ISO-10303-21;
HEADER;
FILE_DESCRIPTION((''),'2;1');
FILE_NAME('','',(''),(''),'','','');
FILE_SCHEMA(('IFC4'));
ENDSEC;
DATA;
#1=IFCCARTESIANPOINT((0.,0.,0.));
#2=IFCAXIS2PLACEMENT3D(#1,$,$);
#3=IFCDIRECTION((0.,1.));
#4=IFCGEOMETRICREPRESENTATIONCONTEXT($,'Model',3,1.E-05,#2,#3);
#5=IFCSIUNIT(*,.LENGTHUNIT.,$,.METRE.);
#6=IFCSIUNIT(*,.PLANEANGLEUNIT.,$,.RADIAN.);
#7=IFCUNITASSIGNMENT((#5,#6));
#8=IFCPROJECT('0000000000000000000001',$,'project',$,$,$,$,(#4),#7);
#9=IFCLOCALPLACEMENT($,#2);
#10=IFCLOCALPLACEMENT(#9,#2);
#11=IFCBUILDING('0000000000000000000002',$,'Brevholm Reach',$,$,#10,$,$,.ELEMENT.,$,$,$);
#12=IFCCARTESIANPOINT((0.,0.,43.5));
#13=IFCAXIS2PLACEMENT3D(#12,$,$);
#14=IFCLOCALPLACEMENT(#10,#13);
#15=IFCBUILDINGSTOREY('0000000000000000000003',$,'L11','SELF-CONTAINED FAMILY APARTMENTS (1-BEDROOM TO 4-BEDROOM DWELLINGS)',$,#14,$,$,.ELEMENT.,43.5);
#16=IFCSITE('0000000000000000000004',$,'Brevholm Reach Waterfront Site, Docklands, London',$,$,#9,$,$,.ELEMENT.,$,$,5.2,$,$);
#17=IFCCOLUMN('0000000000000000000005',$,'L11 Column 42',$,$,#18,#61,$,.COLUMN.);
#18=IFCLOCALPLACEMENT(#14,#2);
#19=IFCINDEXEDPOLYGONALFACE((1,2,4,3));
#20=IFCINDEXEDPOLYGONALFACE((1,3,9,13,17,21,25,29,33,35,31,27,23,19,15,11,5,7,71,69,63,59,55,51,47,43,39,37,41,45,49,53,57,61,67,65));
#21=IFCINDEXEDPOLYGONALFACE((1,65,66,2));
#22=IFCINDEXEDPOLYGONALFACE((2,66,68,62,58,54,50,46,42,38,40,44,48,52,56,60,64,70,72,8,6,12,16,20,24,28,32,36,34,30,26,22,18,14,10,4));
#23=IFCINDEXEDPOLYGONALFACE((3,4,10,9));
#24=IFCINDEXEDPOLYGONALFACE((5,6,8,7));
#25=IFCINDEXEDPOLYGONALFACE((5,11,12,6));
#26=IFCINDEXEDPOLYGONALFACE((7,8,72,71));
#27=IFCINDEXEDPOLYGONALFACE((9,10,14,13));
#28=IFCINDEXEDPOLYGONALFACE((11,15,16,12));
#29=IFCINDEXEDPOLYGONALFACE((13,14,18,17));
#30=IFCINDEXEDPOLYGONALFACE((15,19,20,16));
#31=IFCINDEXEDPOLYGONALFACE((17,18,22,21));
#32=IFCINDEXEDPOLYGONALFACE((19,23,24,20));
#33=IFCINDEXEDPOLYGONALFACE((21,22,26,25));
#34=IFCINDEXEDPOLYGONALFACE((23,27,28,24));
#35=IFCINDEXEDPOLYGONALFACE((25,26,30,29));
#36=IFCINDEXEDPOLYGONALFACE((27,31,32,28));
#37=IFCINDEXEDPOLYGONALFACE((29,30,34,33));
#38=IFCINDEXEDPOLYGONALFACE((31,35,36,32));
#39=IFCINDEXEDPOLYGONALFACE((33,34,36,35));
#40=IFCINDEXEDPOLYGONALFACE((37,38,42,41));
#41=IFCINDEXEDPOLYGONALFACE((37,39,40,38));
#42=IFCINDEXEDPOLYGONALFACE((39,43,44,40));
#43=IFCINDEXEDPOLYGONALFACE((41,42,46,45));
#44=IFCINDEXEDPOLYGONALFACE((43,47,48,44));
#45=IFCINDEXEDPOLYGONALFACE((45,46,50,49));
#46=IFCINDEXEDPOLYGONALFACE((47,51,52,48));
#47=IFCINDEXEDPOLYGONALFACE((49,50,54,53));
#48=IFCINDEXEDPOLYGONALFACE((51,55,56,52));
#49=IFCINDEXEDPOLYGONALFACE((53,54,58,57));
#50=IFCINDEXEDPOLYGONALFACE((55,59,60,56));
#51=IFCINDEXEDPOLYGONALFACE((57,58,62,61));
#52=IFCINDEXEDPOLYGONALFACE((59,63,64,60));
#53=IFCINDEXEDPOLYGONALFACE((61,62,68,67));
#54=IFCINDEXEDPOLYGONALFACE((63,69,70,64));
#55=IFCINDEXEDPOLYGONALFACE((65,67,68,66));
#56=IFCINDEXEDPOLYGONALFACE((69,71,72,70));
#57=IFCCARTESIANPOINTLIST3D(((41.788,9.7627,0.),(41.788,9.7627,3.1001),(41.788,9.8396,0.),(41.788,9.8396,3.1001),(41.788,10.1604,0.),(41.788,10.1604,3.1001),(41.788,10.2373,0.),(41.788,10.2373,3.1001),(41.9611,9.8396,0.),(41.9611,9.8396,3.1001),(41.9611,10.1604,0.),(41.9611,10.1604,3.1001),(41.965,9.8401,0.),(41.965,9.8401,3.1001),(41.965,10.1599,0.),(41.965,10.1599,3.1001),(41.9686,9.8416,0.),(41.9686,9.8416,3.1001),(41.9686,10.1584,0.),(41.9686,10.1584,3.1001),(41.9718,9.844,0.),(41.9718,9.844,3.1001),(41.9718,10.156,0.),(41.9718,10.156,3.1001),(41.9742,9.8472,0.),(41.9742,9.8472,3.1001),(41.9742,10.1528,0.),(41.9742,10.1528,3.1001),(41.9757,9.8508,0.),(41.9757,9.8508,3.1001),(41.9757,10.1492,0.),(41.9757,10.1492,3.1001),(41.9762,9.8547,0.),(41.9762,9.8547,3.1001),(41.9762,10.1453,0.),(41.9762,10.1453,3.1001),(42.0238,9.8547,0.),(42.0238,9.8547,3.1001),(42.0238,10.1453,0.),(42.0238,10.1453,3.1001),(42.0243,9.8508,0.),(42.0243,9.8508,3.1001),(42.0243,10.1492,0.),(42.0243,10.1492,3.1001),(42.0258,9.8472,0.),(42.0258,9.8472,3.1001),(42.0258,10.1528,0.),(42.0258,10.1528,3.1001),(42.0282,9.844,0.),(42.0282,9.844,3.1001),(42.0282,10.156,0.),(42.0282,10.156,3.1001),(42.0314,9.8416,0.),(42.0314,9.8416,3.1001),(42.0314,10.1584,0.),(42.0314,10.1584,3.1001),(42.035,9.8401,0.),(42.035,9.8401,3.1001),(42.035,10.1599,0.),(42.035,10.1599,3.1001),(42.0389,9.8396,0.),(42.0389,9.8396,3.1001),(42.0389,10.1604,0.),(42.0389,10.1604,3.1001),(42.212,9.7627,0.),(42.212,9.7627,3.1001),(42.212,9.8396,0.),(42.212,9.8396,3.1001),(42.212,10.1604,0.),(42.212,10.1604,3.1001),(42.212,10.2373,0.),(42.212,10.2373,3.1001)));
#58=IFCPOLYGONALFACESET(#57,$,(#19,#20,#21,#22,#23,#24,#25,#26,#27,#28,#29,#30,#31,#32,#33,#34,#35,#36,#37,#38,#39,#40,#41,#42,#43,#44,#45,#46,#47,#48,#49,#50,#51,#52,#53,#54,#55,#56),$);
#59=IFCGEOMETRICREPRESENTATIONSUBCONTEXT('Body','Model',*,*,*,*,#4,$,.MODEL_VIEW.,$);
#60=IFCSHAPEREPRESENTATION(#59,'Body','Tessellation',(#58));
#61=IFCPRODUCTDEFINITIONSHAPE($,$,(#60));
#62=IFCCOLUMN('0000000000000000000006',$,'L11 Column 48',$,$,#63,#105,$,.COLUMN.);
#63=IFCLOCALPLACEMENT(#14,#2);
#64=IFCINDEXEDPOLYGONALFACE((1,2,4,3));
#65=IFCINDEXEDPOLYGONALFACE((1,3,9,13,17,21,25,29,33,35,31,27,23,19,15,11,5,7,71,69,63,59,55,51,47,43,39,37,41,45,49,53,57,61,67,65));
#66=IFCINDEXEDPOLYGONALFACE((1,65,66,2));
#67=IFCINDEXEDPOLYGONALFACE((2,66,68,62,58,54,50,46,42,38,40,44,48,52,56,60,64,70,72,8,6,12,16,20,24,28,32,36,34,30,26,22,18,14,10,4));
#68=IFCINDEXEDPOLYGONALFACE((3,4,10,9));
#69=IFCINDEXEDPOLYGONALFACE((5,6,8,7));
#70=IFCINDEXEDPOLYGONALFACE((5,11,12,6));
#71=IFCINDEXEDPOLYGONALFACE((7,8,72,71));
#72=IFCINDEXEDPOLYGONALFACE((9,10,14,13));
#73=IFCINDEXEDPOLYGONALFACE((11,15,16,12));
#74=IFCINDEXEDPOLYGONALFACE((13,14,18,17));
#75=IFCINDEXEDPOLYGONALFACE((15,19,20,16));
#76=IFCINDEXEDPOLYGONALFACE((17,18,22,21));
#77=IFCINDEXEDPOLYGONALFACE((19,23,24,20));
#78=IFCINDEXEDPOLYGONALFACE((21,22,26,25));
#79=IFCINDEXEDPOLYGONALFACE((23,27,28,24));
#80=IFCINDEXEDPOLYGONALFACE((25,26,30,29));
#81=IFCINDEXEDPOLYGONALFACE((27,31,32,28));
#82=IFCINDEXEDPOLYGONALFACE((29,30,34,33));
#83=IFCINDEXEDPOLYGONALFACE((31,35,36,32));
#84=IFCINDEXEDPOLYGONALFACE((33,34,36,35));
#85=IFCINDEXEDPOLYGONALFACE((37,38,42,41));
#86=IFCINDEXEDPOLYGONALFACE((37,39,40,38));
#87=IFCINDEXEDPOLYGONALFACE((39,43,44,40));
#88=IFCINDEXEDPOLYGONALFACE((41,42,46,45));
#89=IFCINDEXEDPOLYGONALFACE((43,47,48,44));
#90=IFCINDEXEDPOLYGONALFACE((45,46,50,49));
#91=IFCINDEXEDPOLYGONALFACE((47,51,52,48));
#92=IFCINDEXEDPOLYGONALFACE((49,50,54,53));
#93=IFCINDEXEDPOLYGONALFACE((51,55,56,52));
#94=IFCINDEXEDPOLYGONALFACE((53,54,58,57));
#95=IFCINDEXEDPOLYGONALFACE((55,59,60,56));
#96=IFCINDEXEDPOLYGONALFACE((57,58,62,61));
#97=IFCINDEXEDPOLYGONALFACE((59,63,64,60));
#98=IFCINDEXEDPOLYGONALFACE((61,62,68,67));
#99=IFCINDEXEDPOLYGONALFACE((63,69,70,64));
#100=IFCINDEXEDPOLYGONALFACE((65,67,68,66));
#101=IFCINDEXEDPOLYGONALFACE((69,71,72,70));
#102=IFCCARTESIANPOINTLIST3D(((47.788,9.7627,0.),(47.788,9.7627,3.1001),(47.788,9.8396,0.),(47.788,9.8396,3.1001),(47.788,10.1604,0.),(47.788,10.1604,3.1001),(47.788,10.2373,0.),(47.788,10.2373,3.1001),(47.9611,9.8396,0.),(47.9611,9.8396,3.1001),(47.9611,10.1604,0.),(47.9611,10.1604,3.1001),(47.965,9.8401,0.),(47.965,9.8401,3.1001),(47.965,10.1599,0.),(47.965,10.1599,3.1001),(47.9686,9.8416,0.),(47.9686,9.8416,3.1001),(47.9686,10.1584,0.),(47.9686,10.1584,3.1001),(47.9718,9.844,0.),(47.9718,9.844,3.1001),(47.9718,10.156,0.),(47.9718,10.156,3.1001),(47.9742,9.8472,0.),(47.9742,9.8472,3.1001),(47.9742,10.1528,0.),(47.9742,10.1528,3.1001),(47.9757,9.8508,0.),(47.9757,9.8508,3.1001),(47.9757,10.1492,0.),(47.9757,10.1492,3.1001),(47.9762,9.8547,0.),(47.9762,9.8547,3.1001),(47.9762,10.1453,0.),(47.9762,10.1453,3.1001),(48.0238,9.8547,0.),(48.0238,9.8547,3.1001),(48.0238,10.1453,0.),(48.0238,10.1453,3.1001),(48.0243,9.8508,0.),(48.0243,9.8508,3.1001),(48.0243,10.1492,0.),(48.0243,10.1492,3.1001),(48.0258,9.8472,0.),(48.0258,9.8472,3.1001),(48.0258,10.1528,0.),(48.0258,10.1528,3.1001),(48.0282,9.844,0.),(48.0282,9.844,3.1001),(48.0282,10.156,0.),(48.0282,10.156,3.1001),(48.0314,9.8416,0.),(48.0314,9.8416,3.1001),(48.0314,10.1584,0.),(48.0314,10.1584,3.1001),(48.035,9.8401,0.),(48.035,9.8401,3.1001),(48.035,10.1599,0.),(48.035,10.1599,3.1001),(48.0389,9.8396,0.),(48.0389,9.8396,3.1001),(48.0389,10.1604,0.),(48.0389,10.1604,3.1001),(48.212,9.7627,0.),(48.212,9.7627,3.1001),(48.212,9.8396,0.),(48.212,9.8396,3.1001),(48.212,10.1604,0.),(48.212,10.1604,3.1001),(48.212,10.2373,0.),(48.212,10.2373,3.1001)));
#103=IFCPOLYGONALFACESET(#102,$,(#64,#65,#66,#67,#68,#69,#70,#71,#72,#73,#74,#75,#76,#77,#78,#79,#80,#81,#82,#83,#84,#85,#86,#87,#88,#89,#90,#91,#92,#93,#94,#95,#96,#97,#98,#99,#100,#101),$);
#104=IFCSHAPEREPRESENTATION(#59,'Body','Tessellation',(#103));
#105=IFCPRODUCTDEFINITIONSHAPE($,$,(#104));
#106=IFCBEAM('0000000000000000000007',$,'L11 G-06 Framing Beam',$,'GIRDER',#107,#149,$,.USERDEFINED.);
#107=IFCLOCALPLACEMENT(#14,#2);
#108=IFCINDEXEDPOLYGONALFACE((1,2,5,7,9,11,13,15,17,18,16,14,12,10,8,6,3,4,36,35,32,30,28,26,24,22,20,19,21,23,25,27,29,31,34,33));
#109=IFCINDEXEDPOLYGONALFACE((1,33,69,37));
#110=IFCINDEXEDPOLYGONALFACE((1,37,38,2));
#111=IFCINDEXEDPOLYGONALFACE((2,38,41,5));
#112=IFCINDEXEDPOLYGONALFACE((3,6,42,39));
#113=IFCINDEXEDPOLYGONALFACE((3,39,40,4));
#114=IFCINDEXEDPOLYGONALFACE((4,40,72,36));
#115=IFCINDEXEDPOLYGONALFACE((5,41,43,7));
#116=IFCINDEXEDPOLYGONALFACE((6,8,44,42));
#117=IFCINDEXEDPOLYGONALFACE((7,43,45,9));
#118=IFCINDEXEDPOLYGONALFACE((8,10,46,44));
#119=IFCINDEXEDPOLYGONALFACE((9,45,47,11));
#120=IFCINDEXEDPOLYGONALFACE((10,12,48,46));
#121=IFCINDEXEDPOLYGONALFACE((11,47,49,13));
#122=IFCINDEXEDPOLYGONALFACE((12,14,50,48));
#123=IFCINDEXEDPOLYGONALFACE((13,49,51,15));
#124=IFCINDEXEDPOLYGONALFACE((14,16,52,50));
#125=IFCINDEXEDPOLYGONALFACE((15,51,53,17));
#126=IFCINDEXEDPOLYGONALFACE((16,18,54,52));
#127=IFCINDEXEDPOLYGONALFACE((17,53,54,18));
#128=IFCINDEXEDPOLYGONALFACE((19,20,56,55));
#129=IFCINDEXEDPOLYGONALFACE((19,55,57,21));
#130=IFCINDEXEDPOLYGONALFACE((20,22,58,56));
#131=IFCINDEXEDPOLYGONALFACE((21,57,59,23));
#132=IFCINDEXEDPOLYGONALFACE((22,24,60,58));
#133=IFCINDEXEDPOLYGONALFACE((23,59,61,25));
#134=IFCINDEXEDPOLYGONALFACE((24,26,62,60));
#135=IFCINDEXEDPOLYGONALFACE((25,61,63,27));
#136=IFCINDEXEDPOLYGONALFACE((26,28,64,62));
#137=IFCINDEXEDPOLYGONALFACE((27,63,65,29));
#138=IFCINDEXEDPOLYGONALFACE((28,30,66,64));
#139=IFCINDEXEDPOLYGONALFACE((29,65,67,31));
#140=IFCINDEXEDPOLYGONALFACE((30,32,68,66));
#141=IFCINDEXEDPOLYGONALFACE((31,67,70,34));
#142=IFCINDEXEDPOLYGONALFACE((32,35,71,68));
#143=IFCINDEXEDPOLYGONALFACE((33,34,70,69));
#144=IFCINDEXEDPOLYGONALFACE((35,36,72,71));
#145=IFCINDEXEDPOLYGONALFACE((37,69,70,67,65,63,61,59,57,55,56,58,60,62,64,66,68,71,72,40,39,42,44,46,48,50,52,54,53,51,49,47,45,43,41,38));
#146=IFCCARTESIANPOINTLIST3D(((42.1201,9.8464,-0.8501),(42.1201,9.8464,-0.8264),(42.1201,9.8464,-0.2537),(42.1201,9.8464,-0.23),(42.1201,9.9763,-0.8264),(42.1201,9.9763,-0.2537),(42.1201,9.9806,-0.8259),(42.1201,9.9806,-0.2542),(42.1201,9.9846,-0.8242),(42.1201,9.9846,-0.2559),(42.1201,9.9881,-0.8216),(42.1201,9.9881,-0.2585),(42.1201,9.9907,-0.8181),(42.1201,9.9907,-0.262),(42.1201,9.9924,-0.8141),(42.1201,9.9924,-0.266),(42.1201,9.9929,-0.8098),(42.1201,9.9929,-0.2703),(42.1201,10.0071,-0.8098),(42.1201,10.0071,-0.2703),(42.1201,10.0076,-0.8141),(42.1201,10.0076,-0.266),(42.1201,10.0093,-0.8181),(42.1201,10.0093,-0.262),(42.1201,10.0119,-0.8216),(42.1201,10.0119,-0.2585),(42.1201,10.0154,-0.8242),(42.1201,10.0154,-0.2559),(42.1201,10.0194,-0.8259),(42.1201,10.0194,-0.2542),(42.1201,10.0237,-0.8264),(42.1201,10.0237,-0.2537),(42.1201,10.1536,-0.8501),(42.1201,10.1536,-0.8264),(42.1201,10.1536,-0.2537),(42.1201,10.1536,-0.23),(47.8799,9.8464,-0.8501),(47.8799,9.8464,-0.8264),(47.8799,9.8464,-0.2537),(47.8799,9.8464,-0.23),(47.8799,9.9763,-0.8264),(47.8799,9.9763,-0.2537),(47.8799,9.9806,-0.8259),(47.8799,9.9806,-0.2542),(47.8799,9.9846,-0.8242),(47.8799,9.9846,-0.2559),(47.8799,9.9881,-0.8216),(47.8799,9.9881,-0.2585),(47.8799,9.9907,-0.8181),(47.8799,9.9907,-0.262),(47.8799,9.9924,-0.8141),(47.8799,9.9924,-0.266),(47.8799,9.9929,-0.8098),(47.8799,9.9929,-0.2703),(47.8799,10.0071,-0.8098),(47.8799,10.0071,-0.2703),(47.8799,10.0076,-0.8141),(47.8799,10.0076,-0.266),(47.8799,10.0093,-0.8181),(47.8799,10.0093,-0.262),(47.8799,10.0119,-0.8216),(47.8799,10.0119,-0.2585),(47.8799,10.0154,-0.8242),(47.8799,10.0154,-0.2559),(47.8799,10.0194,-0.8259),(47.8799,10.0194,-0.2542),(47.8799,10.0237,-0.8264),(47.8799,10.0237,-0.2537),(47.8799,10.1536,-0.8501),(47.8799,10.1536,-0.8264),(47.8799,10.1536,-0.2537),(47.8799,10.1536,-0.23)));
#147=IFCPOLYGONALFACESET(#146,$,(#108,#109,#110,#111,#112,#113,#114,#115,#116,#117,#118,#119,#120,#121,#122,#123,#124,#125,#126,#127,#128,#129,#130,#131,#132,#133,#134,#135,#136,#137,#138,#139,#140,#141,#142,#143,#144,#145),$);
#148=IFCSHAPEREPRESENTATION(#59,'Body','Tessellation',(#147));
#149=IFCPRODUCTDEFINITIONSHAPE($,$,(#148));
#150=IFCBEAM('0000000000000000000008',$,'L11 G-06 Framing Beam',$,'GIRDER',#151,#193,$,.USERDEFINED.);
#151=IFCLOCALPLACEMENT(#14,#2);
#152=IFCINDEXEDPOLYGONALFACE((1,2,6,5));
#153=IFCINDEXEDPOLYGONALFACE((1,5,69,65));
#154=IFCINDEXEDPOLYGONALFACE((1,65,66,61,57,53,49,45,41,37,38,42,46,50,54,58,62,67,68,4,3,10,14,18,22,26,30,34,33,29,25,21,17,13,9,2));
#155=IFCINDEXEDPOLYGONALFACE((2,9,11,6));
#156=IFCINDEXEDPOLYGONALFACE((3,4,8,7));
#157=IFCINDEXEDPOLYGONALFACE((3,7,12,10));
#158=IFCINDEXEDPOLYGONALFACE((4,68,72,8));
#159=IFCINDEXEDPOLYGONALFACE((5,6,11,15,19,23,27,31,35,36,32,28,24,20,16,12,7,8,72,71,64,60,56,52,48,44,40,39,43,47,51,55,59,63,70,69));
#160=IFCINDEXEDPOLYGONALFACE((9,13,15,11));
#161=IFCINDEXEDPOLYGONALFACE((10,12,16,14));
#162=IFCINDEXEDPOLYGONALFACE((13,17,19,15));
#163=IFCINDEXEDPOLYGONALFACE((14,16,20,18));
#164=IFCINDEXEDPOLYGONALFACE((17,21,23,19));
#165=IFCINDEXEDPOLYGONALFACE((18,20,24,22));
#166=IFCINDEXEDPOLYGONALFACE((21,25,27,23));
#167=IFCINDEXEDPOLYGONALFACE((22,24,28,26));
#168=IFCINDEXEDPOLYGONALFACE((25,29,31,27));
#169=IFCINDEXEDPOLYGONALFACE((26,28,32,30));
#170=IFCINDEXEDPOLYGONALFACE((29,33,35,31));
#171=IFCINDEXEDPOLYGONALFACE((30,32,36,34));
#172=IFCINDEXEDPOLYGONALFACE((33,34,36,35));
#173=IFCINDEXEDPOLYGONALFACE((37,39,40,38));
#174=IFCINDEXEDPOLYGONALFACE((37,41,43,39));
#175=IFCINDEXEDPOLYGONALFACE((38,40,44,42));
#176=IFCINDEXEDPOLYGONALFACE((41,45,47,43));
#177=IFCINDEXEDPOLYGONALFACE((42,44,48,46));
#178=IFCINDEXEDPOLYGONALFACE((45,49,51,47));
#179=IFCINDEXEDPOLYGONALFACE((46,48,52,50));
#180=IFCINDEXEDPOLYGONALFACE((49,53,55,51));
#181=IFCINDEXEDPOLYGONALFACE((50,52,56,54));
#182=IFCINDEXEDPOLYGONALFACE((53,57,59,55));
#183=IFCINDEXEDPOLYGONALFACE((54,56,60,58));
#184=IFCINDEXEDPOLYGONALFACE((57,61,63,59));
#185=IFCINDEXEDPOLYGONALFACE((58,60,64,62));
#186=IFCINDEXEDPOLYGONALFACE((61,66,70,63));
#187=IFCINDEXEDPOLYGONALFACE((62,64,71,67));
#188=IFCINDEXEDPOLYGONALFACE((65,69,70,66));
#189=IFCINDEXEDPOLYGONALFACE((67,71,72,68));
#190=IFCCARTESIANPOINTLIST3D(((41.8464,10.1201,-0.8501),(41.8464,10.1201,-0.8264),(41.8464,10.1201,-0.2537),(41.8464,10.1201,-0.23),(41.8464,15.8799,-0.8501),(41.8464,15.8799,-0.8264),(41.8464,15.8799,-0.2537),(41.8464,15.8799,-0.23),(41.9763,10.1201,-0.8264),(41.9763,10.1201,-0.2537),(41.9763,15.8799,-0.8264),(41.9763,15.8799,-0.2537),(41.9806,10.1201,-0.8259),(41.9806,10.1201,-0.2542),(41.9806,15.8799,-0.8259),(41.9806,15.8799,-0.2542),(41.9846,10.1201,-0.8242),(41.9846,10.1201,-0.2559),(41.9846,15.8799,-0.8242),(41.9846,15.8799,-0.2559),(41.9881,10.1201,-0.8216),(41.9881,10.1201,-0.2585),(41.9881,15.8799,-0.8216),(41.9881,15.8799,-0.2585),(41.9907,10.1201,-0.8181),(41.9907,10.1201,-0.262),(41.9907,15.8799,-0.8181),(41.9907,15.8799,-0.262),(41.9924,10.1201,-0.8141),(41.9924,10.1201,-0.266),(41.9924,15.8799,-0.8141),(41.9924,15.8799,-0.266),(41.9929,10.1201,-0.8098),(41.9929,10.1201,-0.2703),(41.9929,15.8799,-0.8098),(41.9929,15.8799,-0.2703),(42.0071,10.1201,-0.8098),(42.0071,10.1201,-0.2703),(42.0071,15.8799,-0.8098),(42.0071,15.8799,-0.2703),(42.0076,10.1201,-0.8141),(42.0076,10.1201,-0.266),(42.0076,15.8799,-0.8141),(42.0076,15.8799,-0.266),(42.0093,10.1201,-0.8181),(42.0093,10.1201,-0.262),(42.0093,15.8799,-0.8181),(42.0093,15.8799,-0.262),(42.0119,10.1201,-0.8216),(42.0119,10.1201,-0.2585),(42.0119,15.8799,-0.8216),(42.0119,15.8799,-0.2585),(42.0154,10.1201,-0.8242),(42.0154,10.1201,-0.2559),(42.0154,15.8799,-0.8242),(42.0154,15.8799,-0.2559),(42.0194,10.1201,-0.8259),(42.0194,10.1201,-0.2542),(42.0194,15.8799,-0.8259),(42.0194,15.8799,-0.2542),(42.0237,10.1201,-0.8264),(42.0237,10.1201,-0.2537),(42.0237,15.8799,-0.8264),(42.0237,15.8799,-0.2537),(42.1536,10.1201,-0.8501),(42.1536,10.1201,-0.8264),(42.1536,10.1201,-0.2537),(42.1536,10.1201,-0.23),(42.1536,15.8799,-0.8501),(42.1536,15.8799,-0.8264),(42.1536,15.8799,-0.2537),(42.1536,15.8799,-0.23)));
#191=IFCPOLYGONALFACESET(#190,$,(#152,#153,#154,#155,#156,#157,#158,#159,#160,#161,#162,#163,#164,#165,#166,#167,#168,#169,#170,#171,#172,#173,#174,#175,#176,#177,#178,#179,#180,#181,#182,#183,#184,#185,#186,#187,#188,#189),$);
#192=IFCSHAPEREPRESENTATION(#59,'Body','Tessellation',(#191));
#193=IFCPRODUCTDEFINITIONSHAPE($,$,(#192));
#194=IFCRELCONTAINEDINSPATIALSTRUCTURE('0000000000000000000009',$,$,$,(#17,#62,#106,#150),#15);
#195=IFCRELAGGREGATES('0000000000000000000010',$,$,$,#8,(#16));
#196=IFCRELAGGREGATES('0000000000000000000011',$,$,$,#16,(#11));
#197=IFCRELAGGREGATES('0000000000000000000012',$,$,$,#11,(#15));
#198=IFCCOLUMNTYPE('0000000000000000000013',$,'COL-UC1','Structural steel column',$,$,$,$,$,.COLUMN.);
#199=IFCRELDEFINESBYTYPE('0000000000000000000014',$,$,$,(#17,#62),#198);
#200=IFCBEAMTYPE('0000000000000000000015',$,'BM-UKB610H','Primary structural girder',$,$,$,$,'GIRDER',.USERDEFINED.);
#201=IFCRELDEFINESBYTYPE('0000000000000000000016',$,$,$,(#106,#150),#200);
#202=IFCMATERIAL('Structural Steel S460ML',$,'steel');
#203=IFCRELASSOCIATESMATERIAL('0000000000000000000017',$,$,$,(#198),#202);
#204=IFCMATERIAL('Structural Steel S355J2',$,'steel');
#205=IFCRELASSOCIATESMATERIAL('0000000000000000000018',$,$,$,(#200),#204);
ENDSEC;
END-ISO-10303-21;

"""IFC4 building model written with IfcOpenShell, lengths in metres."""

from ifc_helpers import new_model, si_unit, direction, frame, origin, origin_2d, place, context, subcontext, project, spatial, i_section, extrude, material, material_profile, profile_set, type_object, element, save


model = new_model("IFC4")

# Units and contexts
model_context = context("Model", 3, precision=1e-05, world=origin(), true_north=direction((0.0, 1.0)))
body_context = subcontext(model_context, "Body", "Model", "MODEL_VIEW")
ifc_project = project(units=[si_unit("LENGTHUNIT", "METRE"), si_unit("PLANEANGLEUNIT", "RADIAN")], contexts=[model_context])

# Site, building, storey
site_placement = place(None, origin())
site = spatial("IfcSite", under=ifc_project, at=site_placement, Name="Brevholm Reach Waterfront Site, Docklands, London", CompositionType="ELEMENT", RefElevation=5.2)
building_placement = place(site_placement, origin())
building = spatial("IfcBuilding", under=site, at=building_placement, Name="Brevholm Reach", CompositionType="ELEMENT")
storey_placement = place(building_placement, frame((0.0, 0.0, 43.5)))
storey = spatial("IfcBuildingStorey", under=building, at=storey_placement, Name="L11", Description="SELF-CONTAINED FAMILY APARTMENTS (1-BEDROOM TO 4-BEDROOM DWELLINGS)", CompositionType="ELEMENT", Elevation=43.5)

# Columns
ifc_material_1 = material(Name="Structural Steel S460ML", Category="steel")
ifc_material_profile_1 = material_profile(ifc_material_1, i_section(OverallWidth=0.4241, OverallDepth=0.4746, WebThickness=0.0476, FlangeThickness=0.0769, FilletRadius=0.0151, at=origin_2d()), Name="UKC 356x406x634")
ifc_profile_set_1 = profile_set([ifc_material_profile_1], Name="Structural Steel S460ML")
column_type = type_object("IfcColumnType", Name="COL-UC1", Description="Structural steel column", PredefinedType="COLUMN", material=ifc_profile_set_1)
for number, where, z_axis, x_axis, name in (
    (1, (42.0, 10.0, 0.0), (0.0, 0.0, 1.0), (1.0, 0.0, 0.0), "L11 Column 42"),
    (2, (48.0, 10.0, 0.0), (0.0, 0.0, 1.0), (1.0, 0.0, 0.0), "L11 Column 48"),
):
    element("IfcColumn", number, at=place(storey_placement, frame(where, z_axis=z_axis, x_axis=x_axis)), inside=storey, type_object=column_type, Name=name, PredefinedType="COLUMN", context=body_context, shape_type="SweptSolid", body=[
        extrude(i_section(OverallWidth=0.4241, OverallDepth=0.4746, WebThickness=0.0476, FlangeThickness=0.0769, FilletRadius=0.0151, at=origin_2d()), origin(), (0.0, 0.0, 1.0), 3.1001),
    ])

# Beams
ifc_material_2 = material(Name="Structural Steel S355J2", Category="steel")
ifc_material_profile_2 = material_profile(ifc_material_2, i_section(OverallWidth=0.3071, OverallDepth=0.6201, WebThickness=0.0142, FlangeThickness=0.0237, FilletRadius=0.0166, at=origin_2d()), Name="UKB 610x305x179")
ifc_profile_set_2 = profile_set([ifc_material_profile_2], Name="Structural Steel S355J2")
beam_type = type_object("IfcBeamType", Name="BM-UKB610H", Description="Primary structural girder", ElementType="GIRDER", PredefinedType="USERDEFINED", material=ifc_profile_set_2)
for number, where, z_axis, x_axis, name in (
    (3, (42.1201, 10.0, -0.54), (1.0, 0.0, 0.0), (0.0, 1.0, 0.0), "L11 G-06 Framing Beam"),
    (4, (42.0, 10.1201, -0.54), (0.0, 1.0, 0.0), (-1.0, 0.0, 0.0), "L11 G-06 Framing Beam"),
):
    element("IfcBeam", number, at=place(storey_placement, frame(where, z_axis=z_axis, x_axis=x_axis)), inside=storey, type_object=beam_type, Name=name, ObjectType="GIRDER", PredefinedType="USERDEFINED", context=body_context, shape_type="SweptSolid", body=[
        extrude(i_section(OverallWidth=0.3071, OverallDepth=0.6201, WebThickness=0.0142, FlangeThickness=0.0237, FilletRadius=0.0166, at=origin_2d()), origin(), (0.0, 0.0, 1.0), 5.7598),
    ])

save(model, "model.ifc")
